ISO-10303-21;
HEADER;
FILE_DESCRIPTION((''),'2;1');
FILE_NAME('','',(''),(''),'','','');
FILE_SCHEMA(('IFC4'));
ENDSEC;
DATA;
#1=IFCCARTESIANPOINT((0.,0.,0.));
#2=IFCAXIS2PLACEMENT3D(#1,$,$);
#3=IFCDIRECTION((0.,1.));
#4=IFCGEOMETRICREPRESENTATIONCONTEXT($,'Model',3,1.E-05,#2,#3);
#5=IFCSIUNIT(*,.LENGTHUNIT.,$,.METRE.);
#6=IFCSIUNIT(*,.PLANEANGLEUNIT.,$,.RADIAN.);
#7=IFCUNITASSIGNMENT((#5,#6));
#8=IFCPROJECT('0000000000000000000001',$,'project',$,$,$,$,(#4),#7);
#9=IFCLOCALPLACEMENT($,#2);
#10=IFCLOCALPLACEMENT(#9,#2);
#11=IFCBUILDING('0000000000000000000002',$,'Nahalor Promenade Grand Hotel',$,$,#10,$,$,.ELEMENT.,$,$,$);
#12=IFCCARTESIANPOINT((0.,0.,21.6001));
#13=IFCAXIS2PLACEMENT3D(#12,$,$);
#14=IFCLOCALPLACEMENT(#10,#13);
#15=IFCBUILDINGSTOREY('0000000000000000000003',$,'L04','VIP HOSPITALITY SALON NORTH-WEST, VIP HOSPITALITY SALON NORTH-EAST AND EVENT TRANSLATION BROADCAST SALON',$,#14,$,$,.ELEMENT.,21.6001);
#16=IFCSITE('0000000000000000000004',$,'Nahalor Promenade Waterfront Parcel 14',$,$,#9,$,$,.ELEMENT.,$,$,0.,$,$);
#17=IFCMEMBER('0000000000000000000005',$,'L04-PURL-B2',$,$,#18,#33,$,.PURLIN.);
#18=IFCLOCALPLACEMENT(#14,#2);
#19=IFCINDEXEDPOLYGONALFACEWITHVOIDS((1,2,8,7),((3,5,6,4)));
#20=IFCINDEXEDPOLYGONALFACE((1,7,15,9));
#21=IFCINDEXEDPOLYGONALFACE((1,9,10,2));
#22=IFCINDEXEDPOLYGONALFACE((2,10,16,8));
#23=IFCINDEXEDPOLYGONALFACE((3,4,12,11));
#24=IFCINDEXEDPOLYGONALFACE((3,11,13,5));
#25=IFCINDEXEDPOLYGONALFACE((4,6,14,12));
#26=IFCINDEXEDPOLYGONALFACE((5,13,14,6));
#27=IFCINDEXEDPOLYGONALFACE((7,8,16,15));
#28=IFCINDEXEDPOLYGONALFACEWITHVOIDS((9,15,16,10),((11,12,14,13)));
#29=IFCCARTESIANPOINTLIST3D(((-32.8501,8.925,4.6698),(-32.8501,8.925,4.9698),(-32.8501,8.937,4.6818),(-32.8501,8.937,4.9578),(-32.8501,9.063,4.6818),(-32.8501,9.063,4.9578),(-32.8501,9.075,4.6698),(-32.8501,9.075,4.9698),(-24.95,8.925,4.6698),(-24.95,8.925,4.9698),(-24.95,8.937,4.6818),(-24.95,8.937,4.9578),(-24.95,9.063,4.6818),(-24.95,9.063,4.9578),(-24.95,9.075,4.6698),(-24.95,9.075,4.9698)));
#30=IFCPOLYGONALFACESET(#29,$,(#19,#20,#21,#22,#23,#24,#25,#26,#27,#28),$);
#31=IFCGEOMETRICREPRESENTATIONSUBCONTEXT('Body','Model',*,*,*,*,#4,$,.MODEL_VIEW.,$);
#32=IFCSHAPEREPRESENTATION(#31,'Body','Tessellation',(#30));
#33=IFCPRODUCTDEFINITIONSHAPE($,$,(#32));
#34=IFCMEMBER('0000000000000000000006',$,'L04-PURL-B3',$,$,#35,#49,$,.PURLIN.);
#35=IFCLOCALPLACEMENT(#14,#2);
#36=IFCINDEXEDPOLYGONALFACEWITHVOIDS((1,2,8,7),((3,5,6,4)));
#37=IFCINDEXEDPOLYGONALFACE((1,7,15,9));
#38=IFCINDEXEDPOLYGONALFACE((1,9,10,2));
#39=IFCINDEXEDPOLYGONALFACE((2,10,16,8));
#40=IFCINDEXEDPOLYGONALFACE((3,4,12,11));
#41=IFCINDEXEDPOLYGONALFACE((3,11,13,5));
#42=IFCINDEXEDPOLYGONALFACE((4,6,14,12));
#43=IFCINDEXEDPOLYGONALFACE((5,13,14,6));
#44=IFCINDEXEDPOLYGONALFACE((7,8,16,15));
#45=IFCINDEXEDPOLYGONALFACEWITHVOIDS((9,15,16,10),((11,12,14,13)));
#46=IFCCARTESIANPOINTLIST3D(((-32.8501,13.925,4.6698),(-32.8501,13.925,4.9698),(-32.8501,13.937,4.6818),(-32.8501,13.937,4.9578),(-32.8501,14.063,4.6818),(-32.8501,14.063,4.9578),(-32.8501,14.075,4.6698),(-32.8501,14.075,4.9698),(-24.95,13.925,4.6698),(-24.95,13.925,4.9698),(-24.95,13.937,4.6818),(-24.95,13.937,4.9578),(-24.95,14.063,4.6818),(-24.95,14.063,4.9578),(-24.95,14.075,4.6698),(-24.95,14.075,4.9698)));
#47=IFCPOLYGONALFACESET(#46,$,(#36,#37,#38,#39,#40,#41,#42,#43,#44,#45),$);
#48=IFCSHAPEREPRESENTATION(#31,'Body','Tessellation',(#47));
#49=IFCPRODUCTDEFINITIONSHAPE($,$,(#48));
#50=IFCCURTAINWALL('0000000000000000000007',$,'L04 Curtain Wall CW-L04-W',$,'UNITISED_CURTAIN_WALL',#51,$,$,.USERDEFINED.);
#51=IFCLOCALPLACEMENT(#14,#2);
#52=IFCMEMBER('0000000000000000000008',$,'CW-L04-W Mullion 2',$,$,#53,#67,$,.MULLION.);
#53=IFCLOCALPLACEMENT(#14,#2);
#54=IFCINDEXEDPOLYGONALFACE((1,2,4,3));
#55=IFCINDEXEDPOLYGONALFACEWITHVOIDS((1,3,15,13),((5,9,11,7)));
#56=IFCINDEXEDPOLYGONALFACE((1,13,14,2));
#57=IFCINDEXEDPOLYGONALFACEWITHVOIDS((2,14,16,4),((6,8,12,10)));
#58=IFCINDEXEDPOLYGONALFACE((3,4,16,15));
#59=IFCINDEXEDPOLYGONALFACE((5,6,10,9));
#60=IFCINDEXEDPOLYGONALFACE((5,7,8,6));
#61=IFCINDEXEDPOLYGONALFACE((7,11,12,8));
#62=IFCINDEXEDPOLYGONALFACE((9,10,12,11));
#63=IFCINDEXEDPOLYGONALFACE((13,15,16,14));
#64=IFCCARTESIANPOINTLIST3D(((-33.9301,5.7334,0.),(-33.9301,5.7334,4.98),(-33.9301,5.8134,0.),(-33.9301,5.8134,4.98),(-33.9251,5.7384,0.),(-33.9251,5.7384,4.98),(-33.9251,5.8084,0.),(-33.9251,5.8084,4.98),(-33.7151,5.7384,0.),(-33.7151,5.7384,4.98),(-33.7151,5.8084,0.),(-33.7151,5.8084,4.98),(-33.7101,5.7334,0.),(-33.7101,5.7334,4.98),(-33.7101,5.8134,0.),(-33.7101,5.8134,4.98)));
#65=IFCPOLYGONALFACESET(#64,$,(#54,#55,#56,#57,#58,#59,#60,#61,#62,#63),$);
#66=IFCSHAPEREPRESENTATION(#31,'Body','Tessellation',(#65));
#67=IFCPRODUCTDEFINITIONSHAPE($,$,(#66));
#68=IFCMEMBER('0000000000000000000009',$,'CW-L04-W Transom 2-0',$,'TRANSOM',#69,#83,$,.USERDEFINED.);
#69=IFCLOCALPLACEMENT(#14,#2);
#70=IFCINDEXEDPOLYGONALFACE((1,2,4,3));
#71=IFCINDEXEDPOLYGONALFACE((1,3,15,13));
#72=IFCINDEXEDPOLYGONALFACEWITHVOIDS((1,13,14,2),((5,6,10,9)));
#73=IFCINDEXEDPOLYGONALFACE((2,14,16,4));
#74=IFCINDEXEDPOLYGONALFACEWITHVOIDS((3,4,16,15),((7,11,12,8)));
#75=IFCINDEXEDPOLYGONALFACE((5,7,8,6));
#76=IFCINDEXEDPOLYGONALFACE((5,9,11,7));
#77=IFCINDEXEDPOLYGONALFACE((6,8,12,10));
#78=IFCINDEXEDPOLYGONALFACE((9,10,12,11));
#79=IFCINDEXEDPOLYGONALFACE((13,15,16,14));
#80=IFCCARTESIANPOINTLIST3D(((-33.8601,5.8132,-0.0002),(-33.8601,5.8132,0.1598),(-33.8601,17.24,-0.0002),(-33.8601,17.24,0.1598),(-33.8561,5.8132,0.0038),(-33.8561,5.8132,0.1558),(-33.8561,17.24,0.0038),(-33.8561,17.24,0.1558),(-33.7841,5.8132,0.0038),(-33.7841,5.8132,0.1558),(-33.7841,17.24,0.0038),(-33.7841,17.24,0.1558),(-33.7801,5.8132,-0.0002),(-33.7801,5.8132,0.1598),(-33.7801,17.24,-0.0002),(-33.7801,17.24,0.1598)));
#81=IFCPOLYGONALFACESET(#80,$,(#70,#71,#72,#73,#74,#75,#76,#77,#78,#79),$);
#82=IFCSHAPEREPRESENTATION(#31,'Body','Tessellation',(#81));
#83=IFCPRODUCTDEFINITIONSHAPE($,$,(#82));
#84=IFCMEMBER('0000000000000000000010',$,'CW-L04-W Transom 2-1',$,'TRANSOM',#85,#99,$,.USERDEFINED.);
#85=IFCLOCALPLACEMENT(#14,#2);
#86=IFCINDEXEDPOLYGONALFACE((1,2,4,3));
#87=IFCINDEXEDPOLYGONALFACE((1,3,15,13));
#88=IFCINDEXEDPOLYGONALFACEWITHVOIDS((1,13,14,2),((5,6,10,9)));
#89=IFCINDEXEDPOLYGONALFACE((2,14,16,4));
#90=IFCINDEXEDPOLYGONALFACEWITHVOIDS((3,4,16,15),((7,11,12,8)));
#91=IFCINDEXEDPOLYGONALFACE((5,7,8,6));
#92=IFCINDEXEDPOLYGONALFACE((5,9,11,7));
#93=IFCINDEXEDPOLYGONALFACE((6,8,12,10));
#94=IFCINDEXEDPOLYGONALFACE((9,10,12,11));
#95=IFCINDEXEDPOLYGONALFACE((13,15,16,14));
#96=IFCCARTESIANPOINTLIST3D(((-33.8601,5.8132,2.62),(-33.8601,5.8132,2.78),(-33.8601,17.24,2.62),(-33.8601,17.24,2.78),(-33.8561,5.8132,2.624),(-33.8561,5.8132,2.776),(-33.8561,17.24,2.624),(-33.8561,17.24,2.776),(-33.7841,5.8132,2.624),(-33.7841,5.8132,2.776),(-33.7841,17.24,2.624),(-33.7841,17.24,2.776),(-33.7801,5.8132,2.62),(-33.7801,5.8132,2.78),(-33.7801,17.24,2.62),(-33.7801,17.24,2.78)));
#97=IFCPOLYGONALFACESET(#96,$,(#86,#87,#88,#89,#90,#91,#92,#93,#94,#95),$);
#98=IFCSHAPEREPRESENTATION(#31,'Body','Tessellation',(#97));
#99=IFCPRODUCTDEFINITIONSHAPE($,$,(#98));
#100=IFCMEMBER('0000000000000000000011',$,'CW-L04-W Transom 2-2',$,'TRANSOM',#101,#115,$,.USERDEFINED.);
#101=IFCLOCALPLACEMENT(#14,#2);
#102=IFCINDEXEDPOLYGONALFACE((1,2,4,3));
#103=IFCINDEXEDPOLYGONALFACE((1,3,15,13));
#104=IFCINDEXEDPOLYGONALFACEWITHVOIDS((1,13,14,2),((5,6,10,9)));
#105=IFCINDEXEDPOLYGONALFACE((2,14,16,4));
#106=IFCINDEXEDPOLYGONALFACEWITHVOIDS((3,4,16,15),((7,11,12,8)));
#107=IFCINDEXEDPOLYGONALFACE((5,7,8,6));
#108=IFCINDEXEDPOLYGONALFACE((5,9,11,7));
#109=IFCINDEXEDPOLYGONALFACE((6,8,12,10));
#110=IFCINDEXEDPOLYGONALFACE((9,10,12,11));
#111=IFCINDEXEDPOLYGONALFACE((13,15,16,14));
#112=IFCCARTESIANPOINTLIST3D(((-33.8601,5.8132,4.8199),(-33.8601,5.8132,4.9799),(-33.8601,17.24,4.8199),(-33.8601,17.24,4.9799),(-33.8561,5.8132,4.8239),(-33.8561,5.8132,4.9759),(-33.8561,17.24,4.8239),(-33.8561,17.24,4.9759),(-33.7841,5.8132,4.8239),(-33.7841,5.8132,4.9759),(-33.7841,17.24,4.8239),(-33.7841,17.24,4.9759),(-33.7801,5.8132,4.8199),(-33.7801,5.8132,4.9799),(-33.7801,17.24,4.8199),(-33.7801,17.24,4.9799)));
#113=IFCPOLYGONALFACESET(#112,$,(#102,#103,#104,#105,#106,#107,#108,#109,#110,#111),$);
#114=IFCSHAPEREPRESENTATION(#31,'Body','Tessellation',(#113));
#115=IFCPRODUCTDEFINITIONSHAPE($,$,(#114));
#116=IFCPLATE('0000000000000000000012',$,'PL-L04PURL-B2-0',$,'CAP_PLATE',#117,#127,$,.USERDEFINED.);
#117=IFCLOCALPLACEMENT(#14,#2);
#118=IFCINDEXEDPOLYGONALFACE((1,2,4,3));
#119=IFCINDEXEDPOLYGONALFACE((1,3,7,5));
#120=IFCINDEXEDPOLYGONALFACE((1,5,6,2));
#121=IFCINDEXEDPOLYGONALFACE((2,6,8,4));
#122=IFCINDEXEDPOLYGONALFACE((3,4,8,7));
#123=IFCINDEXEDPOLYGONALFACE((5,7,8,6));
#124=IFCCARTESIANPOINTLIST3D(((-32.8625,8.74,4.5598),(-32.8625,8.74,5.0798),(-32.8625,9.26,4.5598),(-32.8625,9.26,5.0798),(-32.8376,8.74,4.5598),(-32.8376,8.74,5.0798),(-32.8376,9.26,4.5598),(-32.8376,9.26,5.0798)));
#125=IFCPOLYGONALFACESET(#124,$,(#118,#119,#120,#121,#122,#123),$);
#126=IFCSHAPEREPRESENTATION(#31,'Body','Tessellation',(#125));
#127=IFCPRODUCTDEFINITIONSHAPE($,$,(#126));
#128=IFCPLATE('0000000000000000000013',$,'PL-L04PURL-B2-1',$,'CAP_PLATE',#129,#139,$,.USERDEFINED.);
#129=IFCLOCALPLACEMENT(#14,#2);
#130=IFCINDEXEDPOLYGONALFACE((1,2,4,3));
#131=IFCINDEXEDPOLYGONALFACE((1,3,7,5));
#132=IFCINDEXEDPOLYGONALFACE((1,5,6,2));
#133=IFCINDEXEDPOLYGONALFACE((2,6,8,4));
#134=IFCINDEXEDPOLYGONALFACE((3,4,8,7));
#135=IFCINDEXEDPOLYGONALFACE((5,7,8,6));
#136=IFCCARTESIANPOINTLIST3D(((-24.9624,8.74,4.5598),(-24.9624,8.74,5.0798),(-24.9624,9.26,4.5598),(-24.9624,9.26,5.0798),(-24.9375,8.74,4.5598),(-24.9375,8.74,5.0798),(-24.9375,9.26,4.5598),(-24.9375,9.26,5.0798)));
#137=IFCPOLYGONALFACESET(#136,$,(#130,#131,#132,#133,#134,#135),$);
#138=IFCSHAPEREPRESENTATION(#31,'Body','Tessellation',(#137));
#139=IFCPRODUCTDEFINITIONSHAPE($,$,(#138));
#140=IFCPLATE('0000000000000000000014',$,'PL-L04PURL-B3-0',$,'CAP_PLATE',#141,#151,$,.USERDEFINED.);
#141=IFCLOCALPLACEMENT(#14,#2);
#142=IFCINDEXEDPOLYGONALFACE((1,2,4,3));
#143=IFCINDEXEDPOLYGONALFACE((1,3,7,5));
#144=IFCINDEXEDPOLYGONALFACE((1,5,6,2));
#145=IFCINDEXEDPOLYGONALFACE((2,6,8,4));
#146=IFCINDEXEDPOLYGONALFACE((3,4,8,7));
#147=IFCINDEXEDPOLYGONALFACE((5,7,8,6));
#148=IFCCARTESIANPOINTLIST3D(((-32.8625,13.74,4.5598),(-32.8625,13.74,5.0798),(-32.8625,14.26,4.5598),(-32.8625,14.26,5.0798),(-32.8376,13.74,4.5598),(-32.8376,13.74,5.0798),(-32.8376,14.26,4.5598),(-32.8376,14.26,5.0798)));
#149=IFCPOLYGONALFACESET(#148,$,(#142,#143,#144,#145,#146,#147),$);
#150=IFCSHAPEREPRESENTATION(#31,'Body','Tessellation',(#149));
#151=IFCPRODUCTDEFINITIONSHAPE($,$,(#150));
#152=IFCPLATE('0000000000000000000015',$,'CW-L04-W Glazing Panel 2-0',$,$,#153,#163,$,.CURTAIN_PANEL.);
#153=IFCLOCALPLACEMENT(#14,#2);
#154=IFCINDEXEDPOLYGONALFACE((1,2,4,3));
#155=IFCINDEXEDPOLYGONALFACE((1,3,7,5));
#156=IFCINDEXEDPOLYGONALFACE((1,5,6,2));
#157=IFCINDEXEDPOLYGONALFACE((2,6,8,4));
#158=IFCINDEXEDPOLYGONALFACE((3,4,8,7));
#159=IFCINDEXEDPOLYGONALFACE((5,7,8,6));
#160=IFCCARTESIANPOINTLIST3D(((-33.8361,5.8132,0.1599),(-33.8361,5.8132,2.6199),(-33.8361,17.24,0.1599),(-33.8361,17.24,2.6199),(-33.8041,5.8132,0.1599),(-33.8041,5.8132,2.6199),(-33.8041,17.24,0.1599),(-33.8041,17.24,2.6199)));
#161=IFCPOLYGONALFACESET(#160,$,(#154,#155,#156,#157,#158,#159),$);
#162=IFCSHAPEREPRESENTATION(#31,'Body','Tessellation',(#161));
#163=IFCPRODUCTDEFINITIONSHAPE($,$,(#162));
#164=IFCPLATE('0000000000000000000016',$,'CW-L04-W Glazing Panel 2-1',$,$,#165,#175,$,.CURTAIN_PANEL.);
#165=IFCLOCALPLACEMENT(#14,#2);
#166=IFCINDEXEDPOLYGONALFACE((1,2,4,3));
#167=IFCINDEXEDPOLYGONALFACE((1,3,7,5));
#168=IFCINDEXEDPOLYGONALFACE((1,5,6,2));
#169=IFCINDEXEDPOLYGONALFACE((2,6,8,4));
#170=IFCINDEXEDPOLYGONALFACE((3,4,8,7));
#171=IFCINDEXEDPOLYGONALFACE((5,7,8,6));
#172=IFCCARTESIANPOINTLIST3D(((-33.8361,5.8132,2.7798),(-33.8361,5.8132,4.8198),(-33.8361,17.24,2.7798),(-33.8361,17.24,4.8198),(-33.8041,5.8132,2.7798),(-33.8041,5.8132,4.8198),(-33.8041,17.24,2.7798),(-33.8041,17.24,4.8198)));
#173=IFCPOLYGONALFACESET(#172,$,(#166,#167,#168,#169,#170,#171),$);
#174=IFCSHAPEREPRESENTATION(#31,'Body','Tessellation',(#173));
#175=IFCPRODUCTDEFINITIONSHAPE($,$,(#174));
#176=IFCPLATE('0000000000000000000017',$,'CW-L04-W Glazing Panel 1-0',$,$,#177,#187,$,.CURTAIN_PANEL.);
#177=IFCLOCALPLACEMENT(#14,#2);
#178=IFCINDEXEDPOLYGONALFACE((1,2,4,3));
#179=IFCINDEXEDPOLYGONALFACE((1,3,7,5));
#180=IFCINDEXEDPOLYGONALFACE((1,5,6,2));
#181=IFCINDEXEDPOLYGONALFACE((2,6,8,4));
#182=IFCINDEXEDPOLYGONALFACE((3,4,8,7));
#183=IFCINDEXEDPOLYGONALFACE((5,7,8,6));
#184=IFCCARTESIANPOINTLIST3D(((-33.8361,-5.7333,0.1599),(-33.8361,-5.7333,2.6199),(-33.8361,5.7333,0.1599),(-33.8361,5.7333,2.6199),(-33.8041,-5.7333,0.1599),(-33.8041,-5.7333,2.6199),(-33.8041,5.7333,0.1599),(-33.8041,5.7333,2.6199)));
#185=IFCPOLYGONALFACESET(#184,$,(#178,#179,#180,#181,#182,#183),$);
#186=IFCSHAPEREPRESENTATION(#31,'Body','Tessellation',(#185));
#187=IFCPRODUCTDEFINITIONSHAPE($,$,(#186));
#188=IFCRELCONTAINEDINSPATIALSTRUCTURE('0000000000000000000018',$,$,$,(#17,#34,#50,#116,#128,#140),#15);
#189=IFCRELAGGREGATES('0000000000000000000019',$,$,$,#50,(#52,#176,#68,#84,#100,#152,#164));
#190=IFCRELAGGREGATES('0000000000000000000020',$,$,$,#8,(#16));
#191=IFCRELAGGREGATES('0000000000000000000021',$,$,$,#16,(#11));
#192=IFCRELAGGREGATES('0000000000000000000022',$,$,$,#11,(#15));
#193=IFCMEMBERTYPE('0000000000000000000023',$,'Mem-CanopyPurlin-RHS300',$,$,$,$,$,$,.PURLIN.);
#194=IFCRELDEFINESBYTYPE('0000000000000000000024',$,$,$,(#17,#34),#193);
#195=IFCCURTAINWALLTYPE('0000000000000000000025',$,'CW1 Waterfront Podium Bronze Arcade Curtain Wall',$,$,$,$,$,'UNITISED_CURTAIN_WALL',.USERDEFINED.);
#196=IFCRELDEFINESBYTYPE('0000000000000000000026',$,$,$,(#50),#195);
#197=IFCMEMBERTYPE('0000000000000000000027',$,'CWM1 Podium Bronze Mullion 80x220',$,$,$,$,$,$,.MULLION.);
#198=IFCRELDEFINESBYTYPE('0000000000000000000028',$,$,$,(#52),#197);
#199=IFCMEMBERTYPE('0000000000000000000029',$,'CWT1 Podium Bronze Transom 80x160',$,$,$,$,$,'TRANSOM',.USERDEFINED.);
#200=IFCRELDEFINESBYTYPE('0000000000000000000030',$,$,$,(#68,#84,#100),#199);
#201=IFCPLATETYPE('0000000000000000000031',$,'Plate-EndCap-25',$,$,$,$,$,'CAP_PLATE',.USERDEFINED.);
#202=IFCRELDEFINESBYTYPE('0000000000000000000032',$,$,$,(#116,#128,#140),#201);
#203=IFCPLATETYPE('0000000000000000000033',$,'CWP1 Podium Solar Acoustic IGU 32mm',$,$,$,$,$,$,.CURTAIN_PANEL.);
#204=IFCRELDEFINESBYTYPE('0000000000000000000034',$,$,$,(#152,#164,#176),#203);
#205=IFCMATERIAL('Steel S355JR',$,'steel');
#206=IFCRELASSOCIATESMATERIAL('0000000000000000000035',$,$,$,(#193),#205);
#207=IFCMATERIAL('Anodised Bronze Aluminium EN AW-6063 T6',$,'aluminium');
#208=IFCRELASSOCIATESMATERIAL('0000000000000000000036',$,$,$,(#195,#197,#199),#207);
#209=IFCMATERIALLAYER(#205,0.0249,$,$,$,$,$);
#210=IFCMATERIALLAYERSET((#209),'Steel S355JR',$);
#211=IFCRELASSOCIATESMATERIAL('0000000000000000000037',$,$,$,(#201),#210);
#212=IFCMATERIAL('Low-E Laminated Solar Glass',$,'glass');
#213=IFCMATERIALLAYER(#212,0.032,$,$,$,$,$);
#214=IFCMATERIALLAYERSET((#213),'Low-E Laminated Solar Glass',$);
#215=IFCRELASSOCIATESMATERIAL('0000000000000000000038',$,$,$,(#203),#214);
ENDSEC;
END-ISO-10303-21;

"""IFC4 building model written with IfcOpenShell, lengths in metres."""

from ifc_helpers import new_model, si_unit, direction, frame, origin, origin_2d, place, context, subcontext, project, spatial, rectangle, hollow_rectangle, extrude, source, transform, mapped, material, layer, layer_set, material_profile, profile_set, type_object, element, aggregate, save


model = new_model("IFC4")

# Units and contexts
model_context = context("Model", 3, precision=1e-05, world=origin(), true_north=direction((0.0, 1.0)))
body_context = subcontext(model_context, "Body", "Model", "MODEL_VIEW")
ifc_project = project(units=[si_unit("LENGTHUNIT", "METRE"), si_unit("PLANEANGLEUNIT", "RADIAN")], contexts=[model_context])

# Site, building, storey
site_placement = place(None, origin())
site = spatial("IfcSite", under=ifc_project, at=site_placement, Name="Nahalor Promenade Waterfront Parcel 14", CompositionType="ELEMENT", RefElevation=0.0)
building_placement = place(site_placement, origin())
building = spatial("IfcBuilding", under=site, at=building_placement, Name="Nahalor Promenade Grand Hotel", CompositionType="ELEMENT")
storey_placement = place(building_placement, frame((0.0, 0.0, 21.6001)))
storey = spatial("IfcBuildingStorey", under=building, at=storey_placement, Name="L04", Description="VIP HOSPITALITY SALON NORTH-WEST, VIP HOSPITALITY SALON NORTH-EAST AND EVENT TRANSLATION BROADCAST SALON", CompositionType="ELEMENT", Elevation=21.6001)

# Shared definitions
ifc_material_1 = material(Name="Steel S355JR", Category="steel")

# Members
ifc_material_profile_1 = material_profile(ifc_material_1, hollow_rectangle(XDim=0.15, YDim=0.3, WallThickness=0.012, at=origin_2d()), Name="RHS 300x150x12")
ifc_profile_set_1 = profile_set([ifc_material_profile_1], Name="Steel S355JR")
member_type_1 = type_object("IfcMemberType", Name="Mem-CanopyPurlin-RHS300", PredefinedType="PURLIN", material=ifc_profile_set_1)
shared_shape_1 = source(origin(), body_context, "Body", "SweptSolid", [
    extrude(hollow_rectangle(XDim=0.15, YDim=0.3, WallThickness=0.012, at=origin_2d()), origin(), (0.0, 0.0, 1.0), 7.9001),
])
for number, where, z_axis, x_axis, name in (
    (1, (-32.8501, 9.0, 4.8198), (1.0, 0.0, 0.0), (0.0, 1.0, 0.0), "L04-PURL-B2"),
    (2, (-32.8501, 14.0, 4.8198), (1.0, 0.0, 0.0), (0.0, 1.0, 0.0), "L04-PURL-B3"),
):
    element("IfcMember", number, at=place(storey_placement, frame(where, z_axis=z_axis, x_axis=x_axis)), inside=storey, type_object=member_type_1, Name=name, PredefinedType="PURLIN", context=body_context, shape_type="MappedRepresentation", body=[
        mapped(shared_shape_1, transform((0.0, 0.0, 0.0), scale=1.0)),
    ])

# Curtain wall, members
ifc_material_2 = material(Name="Anodised Bronze Aluminium EN AW-6063 T6", Category="aluminium")
curtain_wall_type = type_object("IfcCurtainWallType", Name="CW1 Waterfront Podium Bronze Arcade Curtain Wall", ElementType="UNITISED_CURTAIN_WALL", PredefinedType="USERDEFINED", material=ifc_material_2)
curtain_wall_placement = place(storey_placement, origin())
curtain_wall = element("IfcCurtainWall", 3, at=curtain_wall_placement, inside=storey, type_object=curtain_wall_type, Name="L04 Curtain Wall CW-L04-W", ObjectType="UNITISED_CURTAIN_WALL", PredefinedType="USERDEFINED")
ifc_material_profile_2 = material_profile(ifc_material_2, hollow_rectangle(XDim=0.08, YDim=0.22, WallThickness=0.005, at=origin_2d()), Name="CWM 80x220x5")
ifc_profile_set_2 = profile_set([ifc_material_profile_2], Name="Anodised Bronze Aluminium EN AW-6063 T6")
member_type_2 = type_object("IfcMemberType", Name="CWM1 Podium Bronze Mullion 80x220", PredefinedType="MULLION", material=ifc_profile_set_2)
shared_shape_2 = source(origin(), body_context, "Body", "SweptSolid", [
    extrude(hollow_rectangle(XDim=0.08, YDim=0.22, WallThickness=0.005, at=origin_2d()), origin(), (0.0, 0.0, 1.0), 4.98),
])
member_1_placement = place(storey_placement, frame((-33.8201, 5.7734, 0.0), z_axis=(0.0, 0.0, 1.0), x_axis=(0.0, 1.0, 0.0)))
member_1 = element("IfcMember", 4, at=member_1_placement, type_object=member_type_2, Name="CW-L04-W Mullion 2", PredefinedType="MULLION", context=body_context, shape_type="MappedRepresentation", body=[
    mapped(shared_shape_2, transform((0.0, 0.0, 0.0), scale=1.0)),
])
ifc_material_profile_3 = material_profile(ifc_material_2, hollow_rectangle(XDim=0.08, YDim=0.16, WallThickness=0.004, at=origin_2d()), Name="CWT 80x160x4")
ifc_profile_set_3 = profile_set([ifc_material_profile_3], Name="Anodised Bronze Aluminium EN AW-6063 T6")
member_type_3 = type_object("IfcMemberType", Name="CWT1 Podium Bronze Transom 80x160", ElementType="TRANSOM", PredefinedType="USERDEFINED", material=ifc_profile_set_3)
shared_shape_3 = source(origin(), body_context, "Body", "SweptSolid", [
    extrude(hollow_rectangle(XDim=0.08, YDim=0.16, WallThickness=0.004, at=origin_2d()), origin(), (0.0, 0.0, 1.0), 11.4268),
])
member_2_placement = place(storey_placement, frame((-33.8201, 5.8132, 0.0798), z_axis=(0.0, 1.0, 0.0), x_axis=(-1.0, 0.0, 0.0)))
member_2 = element("IfcMember", 5, at=member_2_placement, type_object=member_type_3, Name="CW-L04-W Transom 2-0", ObjectType="TRANSOM", PredefinedType="USERDEFINED", context=body_context, shape_type="MappedRepresentation", body=[
    mapped(shared_shape_3, transform((0.0, 0.0, 0.0), scale=1.0)),
])
member_3_placement = place(storey_placement, frame((-33.8201, 5.8132, 2.7), z_axis=(0.0, 1.0, 0.0), x_axis=(-1.0, 0.0, 0.0)))
member_3 = element("IfcMember", 6, at=member_3_placement, type_object=member_type_3, Name="CW-L04-W Transom 2-1", ObjectType="TRANSOM", PredefinedType="USERDEFINED", context=body_context, shape_type="MappedRepresentation", body=[
    mapped(shared_shape_3, transform((0.0, 0.0, 0.0), scale=1.0)),
])
member_4_placement = place(storey_placement, frame((-33.8201, 5.8132, 4.8999), z_axis=(0.0, 1.0, 0.0), x_axis=(-1.0, 0.0, 0.0)))
member_4 = element("IfcMember", 7, at=member_4_placement, type_object=member_type_3, Name="CW-L04-W Transom 2-2", ObjectType="TRANSOM", PredefinedType="USERDEFINED", context=body_context, shape_type="MappedRepresentation", body=[
    mapped(shared_shape_3, transform((0.0, 0.0, 0.0), scale=1.0)),
])

# Plates
ifc_layer_1 = layer(ifc_material_1, 0.0249)
ifc_layer_set_1 = layer_set([ifc_layer_1], Name="Steel S355JR")
plate_type_1 = type_object("IfcPlateType", Name="Plate-EndCap-25", ElementType="CAP_PLATE", PredefinedType="USERDEFINED", material=ifc_layer_set_1)
shared_shape_4 = source(origin(), body_context, "Body", "SweptSolid", [
    extrude(rectangle(XDim=0.52, YDim=0.0249, at=origin_2d()), origin(), (0.0, 0.0, 1.0), 0.52),
])
for number, where, z_axis, x_axis, name in (
    (8, (-32.8501, 9.0, 4.5598), (0.0, 0.0, 1.0), (0.0, 1.0, 0.0), "PL-L04PURL-B2-0"),
    (9, (-24.95, 9.0, 4.5598), (0.0, 0.0, 1.0), (0.0, 1.0, 0.0), "PL-L04PURL-B2-1"),
    (10, (-32.8501, 14.0, 4.5598), (0.0, 0.0, 1.0), (0.0, 1.0, 0.0), "PL-L04PURL-B3-0"),
):
    element("IfcPlate", number, at=place(storey_placement, frame(where, z_axis=z_axis, x_axis=x_axis)), inside=storey, type_object=plate_type_1, Name=name, ObjectType="CAP_PLATE", PredefinedType="USERDEFINED", context=body_context, shape_type="MappedRepresentation", body=[
        mapped(shared_shape_4, transform((0.0, 0.0, 0.0), scale=1.0)),
    ])

# Plates
ifc_material_3 = material(Name="Low-E Laminated Solar Glass", Category="glass")
ifc_layer_2 = layer(ifc_material_3, 0.032)
ifc_layer_set_2 = layer_set([ifc_layer_2], Name="Low-E Laminated Solar Glass")
plate_type_2 = type_object("IfcPlateType", Name="CWP1 Podium Solar Acoustic IGU 32mm", PredefinedType="CURTAIN_PANEL", material=ifc_layer_set_2)
shared_shape_5 = source(origin(), body_context, "Body", "SweptSolid", [
    extrude(rectangle(XDim=11.4268, YDim=0.032, at=origin_2d()), origin(), (0.0, 0.0, 1.0), 2.46),
])
plate_1_placement = place(storey_placement, frame((-33.8201, 11.5266, 0.1599), z_axis=(0.0, 0.0, 1.0), x_axis=(0.0, 1.0, 0.0)))
plate_1 = element("IfcPlate", 11, at=plate_1_placement, type_object=plate_type_2, Name="CW-L04-W Glazing Panel 2-0", PredefinedType="CURTAIN_PANEL", context=body_context, shape_type="MappedRepresentation", body=[
    mapped(shared_shape_5, transform((0.0, 0.0, 0.0), scale=1.0)),
])
shared_shape_6 = source(origin(), body_context, "Body", "SweptSolid", [
    extrude(rectangle(XDim=11.4268, YDim=0.032, at=origin_2d()), origin(), (0.0, 0.0, 1.0), 2.04),
])
plate_2_placement = place(storey_placement, frame((-33.8201, 11.5266, 2.7798), z_axis=(0.0, 0.0, 1.0), x_axis=(0.0, 1.0, 0.0)))
plate_2 = element("IfcPlate", 12, at=plate_2_placement, type_object=plate_type_2, Name="CW-L04-W Glazing Panel 2-1", PredefinedType="CURTAIN_PANEL", context=body_context, shape_type="MappedRepresentation", body=[
    mapped(shared_shape_6, transform((0.0, 0.0, 0.0), scale=1.0)),
])
shared_shape_7 = source(origin(), body_context, "Body", "SweptSolid", [
    extrude(rectangle(XDim=11.4666, YDim=0.032, at=origin_2d()), origin(), (0.0, 0.0, 1.0), 2.46),
])
plate_3_placement = place(storey_placement, frame((-33.8201, 0.0, 0.1599), z_axis=(0.0, 0.0, 1.0), x_axis=(0.0, 1.0, 0.0)))
plate_3 = element("IfcPlate", 13, at=plate_3_placement, type_object=plate_type_2, Name="CW-L04-W Glazing Panel 1-0", PredefinedType="CURTAIN_PANEL", context=body_context, shape_type="MappedRepresentation", body=[
    mapped(shared_shape_7, transform((0.0, 0.0, 0.0), scale=1.0)),
])
aggregate(curtain_wall, [member_1, plate_3, member_2, member_3, member_4, plate_1, plate_2])

save(model, "model.ifc")
